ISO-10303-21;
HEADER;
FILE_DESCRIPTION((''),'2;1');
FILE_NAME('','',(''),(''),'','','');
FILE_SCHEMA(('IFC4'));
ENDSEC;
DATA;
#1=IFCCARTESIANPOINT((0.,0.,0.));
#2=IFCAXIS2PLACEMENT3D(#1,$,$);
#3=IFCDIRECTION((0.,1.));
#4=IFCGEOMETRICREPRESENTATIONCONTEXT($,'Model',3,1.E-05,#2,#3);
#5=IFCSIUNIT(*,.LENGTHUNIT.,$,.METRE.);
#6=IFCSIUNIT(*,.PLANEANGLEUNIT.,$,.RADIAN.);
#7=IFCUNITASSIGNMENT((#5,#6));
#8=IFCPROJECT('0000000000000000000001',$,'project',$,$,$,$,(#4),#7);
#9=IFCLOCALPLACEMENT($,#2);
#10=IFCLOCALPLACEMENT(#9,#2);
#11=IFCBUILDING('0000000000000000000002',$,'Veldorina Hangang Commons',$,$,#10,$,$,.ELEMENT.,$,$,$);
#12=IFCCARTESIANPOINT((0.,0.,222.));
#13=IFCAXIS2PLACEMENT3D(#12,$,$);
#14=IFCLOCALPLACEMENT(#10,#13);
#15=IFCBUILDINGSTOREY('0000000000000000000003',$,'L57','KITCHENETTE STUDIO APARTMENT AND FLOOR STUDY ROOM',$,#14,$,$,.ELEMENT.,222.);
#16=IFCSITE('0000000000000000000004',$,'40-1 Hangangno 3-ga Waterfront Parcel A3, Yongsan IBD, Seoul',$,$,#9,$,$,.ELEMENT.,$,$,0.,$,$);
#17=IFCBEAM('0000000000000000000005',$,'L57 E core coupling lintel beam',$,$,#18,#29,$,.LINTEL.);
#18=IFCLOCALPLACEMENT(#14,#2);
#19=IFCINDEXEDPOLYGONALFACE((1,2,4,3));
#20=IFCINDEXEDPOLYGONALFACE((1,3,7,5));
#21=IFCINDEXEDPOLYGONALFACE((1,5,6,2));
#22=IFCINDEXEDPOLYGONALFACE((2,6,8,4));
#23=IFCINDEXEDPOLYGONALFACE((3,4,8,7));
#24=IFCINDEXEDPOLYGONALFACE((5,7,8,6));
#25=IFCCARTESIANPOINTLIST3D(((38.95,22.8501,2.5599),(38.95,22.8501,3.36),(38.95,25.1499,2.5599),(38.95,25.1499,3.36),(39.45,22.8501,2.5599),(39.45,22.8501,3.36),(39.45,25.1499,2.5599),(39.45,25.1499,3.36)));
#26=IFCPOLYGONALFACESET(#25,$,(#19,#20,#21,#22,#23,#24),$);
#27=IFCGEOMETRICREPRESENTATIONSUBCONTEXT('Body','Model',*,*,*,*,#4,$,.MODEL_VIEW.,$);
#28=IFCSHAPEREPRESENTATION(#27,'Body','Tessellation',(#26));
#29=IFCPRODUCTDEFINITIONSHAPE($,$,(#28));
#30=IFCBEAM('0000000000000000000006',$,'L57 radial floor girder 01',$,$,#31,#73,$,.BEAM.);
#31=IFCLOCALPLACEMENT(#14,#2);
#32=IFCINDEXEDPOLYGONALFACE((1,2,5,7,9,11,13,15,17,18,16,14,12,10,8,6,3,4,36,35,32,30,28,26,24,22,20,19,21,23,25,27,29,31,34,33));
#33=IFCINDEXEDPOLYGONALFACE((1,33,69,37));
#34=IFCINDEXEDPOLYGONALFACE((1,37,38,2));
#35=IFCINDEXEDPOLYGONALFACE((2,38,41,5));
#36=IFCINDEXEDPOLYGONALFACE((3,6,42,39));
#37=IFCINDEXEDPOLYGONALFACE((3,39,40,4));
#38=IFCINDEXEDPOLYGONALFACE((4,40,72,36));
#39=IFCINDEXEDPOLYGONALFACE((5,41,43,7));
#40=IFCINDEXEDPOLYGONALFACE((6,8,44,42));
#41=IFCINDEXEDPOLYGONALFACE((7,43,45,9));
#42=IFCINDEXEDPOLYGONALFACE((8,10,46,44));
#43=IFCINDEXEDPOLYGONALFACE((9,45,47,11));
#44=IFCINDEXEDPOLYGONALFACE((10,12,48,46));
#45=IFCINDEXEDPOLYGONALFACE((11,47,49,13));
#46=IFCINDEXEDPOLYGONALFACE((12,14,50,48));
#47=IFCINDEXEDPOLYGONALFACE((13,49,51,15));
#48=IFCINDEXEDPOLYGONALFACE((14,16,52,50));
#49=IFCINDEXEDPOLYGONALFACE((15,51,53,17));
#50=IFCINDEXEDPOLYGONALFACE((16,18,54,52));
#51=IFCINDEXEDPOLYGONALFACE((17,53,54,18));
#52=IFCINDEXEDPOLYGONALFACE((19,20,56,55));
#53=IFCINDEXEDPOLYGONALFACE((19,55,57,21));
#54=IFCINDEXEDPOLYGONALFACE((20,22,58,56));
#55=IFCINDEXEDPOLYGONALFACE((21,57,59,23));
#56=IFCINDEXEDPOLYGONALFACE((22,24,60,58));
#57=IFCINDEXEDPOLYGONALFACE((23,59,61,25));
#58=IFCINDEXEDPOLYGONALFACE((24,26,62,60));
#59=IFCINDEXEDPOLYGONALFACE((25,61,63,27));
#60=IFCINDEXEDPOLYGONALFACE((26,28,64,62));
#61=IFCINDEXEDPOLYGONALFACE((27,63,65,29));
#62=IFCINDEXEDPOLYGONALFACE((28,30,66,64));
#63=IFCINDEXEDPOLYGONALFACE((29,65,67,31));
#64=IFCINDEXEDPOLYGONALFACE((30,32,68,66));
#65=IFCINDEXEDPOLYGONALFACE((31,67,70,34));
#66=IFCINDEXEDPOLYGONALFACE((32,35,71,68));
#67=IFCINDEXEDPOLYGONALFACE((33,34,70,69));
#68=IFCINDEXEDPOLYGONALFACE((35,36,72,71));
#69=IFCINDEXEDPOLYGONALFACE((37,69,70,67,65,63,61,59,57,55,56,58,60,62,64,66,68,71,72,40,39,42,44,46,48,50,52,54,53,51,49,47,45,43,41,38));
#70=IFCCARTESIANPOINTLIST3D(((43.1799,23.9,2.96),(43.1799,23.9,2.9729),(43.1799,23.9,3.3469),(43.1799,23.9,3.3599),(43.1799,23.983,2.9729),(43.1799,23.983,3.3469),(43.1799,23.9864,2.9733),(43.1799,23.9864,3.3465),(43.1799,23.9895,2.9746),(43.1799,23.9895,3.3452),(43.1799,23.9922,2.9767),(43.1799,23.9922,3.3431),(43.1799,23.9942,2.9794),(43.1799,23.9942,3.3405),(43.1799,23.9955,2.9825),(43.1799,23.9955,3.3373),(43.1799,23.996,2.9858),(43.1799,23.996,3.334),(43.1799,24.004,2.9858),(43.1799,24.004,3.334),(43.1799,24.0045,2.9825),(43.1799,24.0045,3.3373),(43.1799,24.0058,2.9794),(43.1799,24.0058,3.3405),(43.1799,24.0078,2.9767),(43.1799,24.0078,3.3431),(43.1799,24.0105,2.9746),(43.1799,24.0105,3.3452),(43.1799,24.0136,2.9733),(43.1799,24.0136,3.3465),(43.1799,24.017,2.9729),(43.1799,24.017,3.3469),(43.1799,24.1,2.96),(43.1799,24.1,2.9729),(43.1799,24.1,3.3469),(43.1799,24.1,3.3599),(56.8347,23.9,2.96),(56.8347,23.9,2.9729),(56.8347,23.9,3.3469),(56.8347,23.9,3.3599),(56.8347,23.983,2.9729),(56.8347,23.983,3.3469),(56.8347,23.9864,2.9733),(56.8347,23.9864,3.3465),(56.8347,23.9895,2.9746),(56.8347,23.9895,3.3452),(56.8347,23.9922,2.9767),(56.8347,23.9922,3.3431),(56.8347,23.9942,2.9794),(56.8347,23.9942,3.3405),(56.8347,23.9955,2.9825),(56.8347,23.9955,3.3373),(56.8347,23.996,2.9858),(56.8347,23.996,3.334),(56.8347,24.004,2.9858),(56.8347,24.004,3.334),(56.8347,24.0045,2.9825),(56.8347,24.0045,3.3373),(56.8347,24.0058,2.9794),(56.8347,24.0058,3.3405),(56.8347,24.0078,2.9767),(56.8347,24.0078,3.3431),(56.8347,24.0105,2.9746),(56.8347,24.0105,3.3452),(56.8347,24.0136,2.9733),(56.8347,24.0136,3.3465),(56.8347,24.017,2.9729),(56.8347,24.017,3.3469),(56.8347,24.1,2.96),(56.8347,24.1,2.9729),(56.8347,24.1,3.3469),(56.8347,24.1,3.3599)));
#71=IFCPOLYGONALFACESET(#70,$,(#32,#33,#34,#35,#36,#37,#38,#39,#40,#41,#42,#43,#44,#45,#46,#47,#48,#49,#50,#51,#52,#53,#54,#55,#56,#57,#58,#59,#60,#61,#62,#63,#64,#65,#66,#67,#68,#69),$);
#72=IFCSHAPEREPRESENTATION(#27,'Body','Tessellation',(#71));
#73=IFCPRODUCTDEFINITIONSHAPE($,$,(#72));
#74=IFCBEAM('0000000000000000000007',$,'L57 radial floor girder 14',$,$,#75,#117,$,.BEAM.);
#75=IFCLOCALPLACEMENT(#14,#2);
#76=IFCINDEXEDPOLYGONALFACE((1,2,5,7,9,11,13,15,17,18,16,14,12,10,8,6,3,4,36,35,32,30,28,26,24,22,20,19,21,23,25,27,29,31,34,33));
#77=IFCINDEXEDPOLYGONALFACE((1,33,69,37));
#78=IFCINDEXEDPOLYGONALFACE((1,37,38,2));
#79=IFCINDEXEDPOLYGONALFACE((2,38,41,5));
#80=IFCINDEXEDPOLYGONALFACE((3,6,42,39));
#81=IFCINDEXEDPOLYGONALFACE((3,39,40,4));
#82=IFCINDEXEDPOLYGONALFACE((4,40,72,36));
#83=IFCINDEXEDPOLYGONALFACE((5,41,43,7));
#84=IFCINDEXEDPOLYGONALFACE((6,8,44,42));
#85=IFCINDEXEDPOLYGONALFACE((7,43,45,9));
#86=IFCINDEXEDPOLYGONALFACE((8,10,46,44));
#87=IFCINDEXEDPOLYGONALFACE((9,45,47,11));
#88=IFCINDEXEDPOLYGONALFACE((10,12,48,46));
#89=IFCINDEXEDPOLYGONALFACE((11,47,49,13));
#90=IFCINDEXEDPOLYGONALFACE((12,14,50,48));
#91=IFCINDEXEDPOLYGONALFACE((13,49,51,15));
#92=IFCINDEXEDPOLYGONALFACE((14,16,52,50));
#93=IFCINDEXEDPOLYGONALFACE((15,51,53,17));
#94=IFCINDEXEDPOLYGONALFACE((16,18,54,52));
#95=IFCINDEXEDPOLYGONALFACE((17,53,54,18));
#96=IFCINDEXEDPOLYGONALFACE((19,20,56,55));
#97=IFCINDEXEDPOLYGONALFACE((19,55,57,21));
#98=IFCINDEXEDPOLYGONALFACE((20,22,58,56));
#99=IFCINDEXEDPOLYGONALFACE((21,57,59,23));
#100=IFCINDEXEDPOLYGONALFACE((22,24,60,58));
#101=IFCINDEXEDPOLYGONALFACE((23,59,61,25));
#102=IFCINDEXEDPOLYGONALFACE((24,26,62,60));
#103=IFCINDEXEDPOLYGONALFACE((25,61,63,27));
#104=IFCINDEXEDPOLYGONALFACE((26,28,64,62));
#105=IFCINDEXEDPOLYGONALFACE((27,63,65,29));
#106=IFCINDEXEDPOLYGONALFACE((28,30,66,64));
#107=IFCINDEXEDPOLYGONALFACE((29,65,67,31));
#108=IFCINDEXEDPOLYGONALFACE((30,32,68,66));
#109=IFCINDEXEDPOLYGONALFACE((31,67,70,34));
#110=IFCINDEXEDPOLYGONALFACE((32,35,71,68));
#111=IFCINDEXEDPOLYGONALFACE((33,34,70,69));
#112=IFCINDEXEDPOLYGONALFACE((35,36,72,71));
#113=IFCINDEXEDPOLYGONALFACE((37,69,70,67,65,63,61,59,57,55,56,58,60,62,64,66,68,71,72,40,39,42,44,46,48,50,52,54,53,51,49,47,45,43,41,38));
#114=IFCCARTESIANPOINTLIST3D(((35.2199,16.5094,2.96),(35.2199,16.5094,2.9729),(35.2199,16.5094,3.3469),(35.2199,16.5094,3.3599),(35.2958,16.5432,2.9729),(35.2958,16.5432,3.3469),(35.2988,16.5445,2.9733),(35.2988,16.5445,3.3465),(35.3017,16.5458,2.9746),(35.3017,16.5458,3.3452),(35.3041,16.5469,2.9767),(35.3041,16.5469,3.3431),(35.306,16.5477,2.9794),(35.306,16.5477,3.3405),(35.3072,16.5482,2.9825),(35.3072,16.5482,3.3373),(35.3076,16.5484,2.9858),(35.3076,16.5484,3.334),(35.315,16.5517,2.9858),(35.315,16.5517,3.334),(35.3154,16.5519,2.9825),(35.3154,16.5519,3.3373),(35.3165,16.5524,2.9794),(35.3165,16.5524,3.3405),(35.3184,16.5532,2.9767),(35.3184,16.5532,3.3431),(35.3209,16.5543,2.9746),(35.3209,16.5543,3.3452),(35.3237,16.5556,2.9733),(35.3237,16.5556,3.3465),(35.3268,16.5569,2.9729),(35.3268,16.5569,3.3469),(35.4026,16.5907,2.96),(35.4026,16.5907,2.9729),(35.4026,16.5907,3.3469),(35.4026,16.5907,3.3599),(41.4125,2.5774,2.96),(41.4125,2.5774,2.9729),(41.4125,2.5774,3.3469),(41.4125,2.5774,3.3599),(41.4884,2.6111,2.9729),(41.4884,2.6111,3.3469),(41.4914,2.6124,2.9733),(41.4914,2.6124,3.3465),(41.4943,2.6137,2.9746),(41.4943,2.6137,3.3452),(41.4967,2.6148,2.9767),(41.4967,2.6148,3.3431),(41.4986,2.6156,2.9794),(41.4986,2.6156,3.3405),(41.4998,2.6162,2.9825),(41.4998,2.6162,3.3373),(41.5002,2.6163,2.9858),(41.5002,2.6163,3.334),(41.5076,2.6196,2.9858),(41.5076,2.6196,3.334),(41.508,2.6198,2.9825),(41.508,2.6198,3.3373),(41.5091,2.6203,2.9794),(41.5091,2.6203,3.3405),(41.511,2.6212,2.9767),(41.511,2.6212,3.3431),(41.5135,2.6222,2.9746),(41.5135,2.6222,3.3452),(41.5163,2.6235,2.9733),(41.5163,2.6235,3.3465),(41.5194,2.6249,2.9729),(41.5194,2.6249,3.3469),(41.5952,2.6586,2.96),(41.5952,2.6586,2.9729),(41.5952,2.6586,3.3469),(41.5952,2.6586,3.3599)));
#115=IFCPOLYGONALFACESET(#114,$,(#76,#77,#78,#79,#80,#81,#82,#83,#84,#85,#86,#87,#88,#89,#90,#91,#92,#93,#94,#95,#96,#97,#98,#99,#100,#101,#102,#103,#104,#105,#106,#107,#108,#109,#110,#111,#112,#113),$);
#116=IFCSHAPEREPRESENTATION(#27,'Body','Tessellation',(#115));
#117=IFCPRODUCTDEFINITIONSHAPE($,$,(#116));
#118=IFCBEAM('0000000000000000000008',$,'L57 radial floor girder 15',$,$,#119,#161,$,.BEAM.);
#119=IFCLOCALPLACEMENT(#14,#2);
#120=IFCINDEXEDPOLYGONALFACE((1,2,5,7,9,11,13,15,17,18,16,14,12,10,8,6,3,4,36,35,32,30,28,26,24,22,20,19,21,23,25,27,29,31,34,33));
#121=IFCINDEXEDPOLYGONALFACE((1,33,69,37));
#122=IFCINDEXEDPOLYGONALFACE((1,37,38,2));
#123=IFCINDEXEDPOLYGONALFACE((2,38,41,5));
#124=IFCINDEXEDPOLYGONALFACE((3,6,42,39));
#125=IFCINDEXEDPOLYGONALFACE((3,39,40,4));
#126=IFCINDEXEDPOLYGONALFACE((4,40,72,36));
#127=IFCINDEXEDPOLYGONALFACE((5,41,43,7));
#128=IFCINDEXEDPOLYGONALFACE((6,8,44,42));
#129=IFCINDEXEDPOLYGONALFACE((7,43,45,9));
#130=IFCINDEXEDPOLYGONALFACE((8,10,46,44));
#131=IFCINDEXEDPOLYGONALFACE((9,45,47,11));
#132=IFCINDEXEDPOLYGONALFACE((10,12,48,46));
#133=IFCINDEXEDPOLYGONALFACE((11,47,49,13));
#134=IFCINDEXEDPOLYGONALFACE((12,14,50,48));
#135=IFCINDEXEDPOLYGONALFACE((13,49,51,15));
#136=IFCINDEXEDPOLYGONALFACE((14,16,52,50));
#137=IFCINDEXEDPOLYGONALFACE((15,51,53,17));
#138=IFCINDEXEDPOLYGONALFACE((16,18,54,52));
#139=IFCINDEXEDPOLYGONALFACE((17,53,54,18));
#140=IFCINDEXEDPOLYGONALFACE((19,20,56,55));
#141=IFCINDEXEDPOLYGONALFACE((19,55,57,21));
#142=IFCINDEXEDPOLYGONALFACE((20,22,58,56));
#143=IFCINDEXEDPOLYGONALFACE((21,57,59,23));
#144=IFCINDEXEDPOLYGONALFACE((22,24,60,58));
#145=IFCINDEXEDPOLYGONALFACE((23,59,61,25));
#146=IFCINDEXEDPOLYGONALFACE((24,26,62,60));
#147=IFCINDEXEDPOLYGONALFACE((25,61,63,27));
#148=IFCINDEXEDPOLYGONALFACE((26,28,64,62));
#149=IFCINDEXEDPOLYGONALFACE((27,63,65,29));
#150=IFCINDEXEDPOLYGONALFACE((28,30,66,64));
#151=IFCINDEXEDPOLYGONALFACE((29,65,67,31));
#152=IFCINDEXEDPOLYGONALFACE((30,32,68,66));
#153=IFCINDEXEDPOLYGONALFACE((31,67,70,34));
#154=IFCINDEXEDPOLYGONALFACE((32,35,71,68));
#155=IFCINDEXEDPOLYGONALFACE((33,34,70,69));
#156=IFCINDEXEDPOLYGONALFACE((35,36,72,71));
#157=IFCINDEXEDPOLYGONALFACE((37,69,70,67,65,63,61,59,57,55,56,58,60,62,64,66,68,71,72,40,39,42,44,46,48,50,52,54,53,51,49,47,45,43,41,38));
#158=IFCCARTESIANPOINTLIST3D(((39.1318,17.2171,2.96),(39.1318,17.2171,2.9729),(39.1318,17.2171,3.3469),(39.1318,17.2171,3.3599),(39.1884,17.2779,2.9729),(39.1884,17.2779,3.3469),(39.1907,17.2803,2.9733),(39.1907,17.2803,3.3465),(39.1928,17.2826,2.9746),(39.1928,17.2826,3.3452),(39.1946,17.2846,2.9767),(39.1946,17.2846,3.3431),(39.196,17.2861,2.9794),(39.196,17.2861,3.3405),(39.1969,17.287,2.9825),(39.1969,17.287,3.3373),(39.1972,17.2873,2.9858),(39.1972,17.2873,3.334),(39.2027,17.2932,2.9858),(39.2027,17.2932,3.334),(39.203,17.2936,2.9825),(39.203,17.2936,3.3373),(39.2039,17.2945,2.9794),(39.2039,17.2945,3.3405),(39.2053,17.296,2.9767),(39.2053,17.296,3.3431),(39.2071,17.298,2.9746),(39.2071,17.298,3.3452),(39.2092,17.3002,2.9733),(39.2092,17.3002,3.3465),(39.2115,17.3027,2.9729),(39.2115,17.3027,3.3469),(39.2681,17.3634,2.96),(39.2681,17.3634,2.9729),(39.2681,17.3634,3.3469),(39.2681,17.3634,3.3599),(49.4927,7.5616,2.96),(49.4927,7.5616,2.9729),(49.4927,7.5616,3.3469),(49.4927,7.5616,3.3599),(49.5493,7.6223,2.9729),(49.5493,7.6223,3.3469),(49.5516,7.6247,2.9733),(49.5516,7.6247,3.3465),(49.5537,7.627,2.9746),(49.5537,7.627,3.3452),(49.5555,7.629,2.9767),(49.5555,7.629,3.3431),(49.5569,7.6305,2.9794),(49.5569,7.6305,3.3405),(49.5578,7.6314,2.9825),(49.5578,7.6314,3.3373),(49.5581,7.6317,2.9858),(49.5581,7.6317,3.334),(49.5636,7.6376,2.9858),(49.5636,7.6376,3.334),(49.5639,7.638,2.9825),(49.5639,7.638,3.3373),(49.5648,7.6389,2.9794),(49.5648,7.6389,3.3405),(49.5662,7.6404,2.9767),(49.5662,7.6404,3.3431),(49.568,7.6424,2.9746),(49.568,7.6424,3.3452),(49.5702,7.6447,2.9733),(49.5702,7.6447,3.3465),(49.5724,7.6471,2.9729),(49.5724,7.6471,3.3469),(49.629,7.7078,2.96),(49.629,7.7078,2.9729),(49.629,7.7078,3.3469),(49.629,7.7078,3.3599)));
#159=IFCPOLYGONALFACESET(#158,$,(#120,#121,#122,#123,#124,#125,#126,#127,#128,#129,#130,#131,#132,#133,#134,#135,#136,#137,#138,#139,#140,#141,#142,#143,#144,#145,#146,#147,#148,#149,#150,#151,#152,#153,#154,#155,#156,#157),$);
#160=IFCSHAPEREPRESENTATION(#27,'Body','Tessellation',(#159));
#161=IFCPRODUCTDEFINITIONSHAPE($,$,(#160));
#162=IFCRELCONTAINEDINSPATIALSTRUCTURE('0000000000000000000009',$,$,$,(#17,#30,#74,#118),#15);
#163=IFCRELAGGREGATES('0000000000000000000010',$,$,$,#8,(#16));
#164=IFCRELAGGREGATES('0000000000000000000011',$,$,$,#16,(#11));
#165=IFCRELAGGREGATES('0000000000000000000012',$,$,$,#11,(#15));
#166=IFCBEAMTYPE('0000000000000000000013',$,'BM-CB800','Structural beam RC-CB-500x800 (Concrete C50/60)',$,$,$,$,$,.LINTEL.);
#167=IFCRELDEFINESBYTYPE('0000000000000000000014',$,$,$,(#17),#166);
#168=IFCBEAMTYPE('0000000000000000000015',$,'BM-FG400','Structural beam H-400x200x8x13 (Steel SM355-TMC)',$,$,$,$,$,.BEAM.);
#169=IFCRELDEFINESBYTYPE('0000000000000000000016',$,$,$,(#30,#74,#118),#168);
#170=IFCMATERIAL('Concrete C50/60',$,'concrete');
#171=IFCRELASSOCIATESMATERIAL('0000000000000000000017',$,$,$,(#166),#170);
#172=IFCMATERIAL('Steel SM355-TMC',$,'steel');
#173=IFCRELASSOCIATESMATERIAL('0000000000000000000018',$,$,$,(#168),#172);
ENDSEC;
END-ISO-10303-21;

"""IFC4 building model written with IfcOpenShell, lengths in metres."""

from ifc_helpers import new_model, si_unit, direction, frame, origin, origin_2d, place, context, subcontext, project, spatial, rectangle, i_section, extrude, material, material_profile, profile_set, type_object, element, save


model = new_model("IFC4")

# Units and contexts
model_context = context("Model", 3, precision=1e-05, world=origin(), true_north=direction((0.0, 1.0)))
body_context = subcontext(model_context, "Body", "Model", "MODEL_VIEW")
ifc_project = project(units=[si_unit("LENGTHUNIT", "METRE"), si_unit("PLANEANGLEUNIT", "RADIAN")], contexts=[model_context])

# Site, building, storey
site_placement = place(None, origin())
site = spatial("IfcSite", under=ifc_project, at=site_placement, Name="40-1 Hangangno 3-ga Waterfront Parcel A3, Yongsan IBD, Seoul", CompositionType="ELEMENT", RefElevation=0.0)
building_placement = place(site_placement, origin())
building = spatial("IfcBuilding", under=site, at=building_placement, Name="Veldorina Hangang Commons", CompositionType="ELEMENT")
storey_placement = place(building_placement, frame((0.0, 0.0, 222.0)))
storey = spatial("IfcBuildingStorey", under=building, at=storey_placement, Name="L57", Description="KITCHENETTE STUDIO APARTMENT AND FLOOR STUDY ROOM", CompositionType="ELEMENT", Elevation=222.0)

# Beams
ifc_material_1 = material(Name="Concrete C50/60", Category="concrete")
ifc_material_profile_1 = material_profile(ifc_material_1, rectangle(XDim=0.5, YDim=0.8, at=origin_2d()), Name="RC-CB-500x800")
ifc_profile_set_1 = profile_set([ifc_material_profile_1], Name="Concrete C50/60")
beam_type_1 = type_object("IfcBeamType", Name="BM-CB800", Description="Structural beam RC-CB-500x800 (Concrete C50/60)", PredefinedType="LINTEL", material=ifc_profile_set_1)
beam_1_placement = place(storey_placement, frame((39.2, 22.8501, 2.96), z_axis=(0.0, 1.0, 0.0), x_axis=(-1.0, 0.0, 0.0)))
element("IfcBeam", 1, at=beam_1_placement, inside=storey, type_object=beam_type_1, Name="L57 E core coupling lintel beam", PredefinedType="LINTEL", context=body_context, shape_type="SweptSolid", body=[
    extrude(rectangle(XDim=0.5, YDim=0.8, at=origin_2d()), origin(), (0.0, 0.0, 1.0), 2.2998),
])
ifc_material_2 = material(Name="Steel SM355-TMC", Category="steel")
ifc_material_profile_2 = material_profile(ifc_material_2, i_section(OverallWidth=0.2, OverallDepth=0.3999, WebThickness=0.0081, FlangeThickness=0.0129, FilletRadius=0.0129, at=origin_2d()), Name="H-400x200x8x13")
ifc_profile_set_2 = profile_set([ifc_material_profile_2], Name="Steel SM355-TMC")
beam_type_2 = type_object("IfcBeamType", Name="BM-FG400", Description="Structural beam H-400x200x8x13 (Steel SM355-TMC)", PredefinedType="BEAM", material=ifc_profile_set_2)
beam_2_placement = place(storey_placement, frame((43.1799, 24.0, 3.1599), z_axis=(1.0, 0.0, 0.0), x_axis=(0.0, 1.0, 0.0)))
element("IfcBeam", 2, at=beam_2_placement, inside=storey, type_object=beam_type_2, Name="L57 radial floor girder 01", PredefinedType="BEAM", context=body_context, shape_type="SweptSolid", body=[
    extrude(i_section(OverallWidth=0.2, OverallDepth=0.3999, WebThickness=0.0081, FlangeThickness=0.0129, FilletRadius=0.0129, at=origin_2d()), origin(), (0.0, 0.0, 1.0), 13.6548),
])
beam_3_placement = place(storey_placement, frame((35.3113, 16.55, 3.1599), z_axis=(0.40617, -0.913798, 0.0), x_axis=(0.913798, 0.40617, 0.0)))
element("IfcBeam", 3, at=beam_3_placement, inside=storey, type_object=beam_type_2, Name="L57 radial floor girder 14", PredefinedType="BEAM", context=body_context, shape_type="SweptSolid", body=[
    extrude(i_section(OverallWidth=0.2, OverallDepth=0.3999, WebThickness=0.0081, FlangeThickness=0.0129, FilletRadius=0.0129, at=origin_2d()), origin(), (0.0, 0.0, 1.0), 15.2463),
])
beam_4_placement = place(storey_placement, frame((39.2, 17.2903, 3.1599), z_axis=(0.731569, -0.681767, 0.0), x_axis=(0.681767, 0.731569, 0.0)))
element("IfcBeam", 4, at=beam_4_placement, inside=storey, type_object=beam_type_2, Name="L57 radial floor girder 15", PredefinedType="BEAM", context=body_context, shape_type="SweptSolid", body=[
    extrude(i_section(OverallWidth=0.2, OverallDepth=0.3999, WebThickness=0.0081, FlangeThickness=0.0129, FilletRadius=0.0129, at=origin_2d()), origin(), (0.0, 0.0, 1.0), 14.1626),
])

save(model, "model.ifc")
